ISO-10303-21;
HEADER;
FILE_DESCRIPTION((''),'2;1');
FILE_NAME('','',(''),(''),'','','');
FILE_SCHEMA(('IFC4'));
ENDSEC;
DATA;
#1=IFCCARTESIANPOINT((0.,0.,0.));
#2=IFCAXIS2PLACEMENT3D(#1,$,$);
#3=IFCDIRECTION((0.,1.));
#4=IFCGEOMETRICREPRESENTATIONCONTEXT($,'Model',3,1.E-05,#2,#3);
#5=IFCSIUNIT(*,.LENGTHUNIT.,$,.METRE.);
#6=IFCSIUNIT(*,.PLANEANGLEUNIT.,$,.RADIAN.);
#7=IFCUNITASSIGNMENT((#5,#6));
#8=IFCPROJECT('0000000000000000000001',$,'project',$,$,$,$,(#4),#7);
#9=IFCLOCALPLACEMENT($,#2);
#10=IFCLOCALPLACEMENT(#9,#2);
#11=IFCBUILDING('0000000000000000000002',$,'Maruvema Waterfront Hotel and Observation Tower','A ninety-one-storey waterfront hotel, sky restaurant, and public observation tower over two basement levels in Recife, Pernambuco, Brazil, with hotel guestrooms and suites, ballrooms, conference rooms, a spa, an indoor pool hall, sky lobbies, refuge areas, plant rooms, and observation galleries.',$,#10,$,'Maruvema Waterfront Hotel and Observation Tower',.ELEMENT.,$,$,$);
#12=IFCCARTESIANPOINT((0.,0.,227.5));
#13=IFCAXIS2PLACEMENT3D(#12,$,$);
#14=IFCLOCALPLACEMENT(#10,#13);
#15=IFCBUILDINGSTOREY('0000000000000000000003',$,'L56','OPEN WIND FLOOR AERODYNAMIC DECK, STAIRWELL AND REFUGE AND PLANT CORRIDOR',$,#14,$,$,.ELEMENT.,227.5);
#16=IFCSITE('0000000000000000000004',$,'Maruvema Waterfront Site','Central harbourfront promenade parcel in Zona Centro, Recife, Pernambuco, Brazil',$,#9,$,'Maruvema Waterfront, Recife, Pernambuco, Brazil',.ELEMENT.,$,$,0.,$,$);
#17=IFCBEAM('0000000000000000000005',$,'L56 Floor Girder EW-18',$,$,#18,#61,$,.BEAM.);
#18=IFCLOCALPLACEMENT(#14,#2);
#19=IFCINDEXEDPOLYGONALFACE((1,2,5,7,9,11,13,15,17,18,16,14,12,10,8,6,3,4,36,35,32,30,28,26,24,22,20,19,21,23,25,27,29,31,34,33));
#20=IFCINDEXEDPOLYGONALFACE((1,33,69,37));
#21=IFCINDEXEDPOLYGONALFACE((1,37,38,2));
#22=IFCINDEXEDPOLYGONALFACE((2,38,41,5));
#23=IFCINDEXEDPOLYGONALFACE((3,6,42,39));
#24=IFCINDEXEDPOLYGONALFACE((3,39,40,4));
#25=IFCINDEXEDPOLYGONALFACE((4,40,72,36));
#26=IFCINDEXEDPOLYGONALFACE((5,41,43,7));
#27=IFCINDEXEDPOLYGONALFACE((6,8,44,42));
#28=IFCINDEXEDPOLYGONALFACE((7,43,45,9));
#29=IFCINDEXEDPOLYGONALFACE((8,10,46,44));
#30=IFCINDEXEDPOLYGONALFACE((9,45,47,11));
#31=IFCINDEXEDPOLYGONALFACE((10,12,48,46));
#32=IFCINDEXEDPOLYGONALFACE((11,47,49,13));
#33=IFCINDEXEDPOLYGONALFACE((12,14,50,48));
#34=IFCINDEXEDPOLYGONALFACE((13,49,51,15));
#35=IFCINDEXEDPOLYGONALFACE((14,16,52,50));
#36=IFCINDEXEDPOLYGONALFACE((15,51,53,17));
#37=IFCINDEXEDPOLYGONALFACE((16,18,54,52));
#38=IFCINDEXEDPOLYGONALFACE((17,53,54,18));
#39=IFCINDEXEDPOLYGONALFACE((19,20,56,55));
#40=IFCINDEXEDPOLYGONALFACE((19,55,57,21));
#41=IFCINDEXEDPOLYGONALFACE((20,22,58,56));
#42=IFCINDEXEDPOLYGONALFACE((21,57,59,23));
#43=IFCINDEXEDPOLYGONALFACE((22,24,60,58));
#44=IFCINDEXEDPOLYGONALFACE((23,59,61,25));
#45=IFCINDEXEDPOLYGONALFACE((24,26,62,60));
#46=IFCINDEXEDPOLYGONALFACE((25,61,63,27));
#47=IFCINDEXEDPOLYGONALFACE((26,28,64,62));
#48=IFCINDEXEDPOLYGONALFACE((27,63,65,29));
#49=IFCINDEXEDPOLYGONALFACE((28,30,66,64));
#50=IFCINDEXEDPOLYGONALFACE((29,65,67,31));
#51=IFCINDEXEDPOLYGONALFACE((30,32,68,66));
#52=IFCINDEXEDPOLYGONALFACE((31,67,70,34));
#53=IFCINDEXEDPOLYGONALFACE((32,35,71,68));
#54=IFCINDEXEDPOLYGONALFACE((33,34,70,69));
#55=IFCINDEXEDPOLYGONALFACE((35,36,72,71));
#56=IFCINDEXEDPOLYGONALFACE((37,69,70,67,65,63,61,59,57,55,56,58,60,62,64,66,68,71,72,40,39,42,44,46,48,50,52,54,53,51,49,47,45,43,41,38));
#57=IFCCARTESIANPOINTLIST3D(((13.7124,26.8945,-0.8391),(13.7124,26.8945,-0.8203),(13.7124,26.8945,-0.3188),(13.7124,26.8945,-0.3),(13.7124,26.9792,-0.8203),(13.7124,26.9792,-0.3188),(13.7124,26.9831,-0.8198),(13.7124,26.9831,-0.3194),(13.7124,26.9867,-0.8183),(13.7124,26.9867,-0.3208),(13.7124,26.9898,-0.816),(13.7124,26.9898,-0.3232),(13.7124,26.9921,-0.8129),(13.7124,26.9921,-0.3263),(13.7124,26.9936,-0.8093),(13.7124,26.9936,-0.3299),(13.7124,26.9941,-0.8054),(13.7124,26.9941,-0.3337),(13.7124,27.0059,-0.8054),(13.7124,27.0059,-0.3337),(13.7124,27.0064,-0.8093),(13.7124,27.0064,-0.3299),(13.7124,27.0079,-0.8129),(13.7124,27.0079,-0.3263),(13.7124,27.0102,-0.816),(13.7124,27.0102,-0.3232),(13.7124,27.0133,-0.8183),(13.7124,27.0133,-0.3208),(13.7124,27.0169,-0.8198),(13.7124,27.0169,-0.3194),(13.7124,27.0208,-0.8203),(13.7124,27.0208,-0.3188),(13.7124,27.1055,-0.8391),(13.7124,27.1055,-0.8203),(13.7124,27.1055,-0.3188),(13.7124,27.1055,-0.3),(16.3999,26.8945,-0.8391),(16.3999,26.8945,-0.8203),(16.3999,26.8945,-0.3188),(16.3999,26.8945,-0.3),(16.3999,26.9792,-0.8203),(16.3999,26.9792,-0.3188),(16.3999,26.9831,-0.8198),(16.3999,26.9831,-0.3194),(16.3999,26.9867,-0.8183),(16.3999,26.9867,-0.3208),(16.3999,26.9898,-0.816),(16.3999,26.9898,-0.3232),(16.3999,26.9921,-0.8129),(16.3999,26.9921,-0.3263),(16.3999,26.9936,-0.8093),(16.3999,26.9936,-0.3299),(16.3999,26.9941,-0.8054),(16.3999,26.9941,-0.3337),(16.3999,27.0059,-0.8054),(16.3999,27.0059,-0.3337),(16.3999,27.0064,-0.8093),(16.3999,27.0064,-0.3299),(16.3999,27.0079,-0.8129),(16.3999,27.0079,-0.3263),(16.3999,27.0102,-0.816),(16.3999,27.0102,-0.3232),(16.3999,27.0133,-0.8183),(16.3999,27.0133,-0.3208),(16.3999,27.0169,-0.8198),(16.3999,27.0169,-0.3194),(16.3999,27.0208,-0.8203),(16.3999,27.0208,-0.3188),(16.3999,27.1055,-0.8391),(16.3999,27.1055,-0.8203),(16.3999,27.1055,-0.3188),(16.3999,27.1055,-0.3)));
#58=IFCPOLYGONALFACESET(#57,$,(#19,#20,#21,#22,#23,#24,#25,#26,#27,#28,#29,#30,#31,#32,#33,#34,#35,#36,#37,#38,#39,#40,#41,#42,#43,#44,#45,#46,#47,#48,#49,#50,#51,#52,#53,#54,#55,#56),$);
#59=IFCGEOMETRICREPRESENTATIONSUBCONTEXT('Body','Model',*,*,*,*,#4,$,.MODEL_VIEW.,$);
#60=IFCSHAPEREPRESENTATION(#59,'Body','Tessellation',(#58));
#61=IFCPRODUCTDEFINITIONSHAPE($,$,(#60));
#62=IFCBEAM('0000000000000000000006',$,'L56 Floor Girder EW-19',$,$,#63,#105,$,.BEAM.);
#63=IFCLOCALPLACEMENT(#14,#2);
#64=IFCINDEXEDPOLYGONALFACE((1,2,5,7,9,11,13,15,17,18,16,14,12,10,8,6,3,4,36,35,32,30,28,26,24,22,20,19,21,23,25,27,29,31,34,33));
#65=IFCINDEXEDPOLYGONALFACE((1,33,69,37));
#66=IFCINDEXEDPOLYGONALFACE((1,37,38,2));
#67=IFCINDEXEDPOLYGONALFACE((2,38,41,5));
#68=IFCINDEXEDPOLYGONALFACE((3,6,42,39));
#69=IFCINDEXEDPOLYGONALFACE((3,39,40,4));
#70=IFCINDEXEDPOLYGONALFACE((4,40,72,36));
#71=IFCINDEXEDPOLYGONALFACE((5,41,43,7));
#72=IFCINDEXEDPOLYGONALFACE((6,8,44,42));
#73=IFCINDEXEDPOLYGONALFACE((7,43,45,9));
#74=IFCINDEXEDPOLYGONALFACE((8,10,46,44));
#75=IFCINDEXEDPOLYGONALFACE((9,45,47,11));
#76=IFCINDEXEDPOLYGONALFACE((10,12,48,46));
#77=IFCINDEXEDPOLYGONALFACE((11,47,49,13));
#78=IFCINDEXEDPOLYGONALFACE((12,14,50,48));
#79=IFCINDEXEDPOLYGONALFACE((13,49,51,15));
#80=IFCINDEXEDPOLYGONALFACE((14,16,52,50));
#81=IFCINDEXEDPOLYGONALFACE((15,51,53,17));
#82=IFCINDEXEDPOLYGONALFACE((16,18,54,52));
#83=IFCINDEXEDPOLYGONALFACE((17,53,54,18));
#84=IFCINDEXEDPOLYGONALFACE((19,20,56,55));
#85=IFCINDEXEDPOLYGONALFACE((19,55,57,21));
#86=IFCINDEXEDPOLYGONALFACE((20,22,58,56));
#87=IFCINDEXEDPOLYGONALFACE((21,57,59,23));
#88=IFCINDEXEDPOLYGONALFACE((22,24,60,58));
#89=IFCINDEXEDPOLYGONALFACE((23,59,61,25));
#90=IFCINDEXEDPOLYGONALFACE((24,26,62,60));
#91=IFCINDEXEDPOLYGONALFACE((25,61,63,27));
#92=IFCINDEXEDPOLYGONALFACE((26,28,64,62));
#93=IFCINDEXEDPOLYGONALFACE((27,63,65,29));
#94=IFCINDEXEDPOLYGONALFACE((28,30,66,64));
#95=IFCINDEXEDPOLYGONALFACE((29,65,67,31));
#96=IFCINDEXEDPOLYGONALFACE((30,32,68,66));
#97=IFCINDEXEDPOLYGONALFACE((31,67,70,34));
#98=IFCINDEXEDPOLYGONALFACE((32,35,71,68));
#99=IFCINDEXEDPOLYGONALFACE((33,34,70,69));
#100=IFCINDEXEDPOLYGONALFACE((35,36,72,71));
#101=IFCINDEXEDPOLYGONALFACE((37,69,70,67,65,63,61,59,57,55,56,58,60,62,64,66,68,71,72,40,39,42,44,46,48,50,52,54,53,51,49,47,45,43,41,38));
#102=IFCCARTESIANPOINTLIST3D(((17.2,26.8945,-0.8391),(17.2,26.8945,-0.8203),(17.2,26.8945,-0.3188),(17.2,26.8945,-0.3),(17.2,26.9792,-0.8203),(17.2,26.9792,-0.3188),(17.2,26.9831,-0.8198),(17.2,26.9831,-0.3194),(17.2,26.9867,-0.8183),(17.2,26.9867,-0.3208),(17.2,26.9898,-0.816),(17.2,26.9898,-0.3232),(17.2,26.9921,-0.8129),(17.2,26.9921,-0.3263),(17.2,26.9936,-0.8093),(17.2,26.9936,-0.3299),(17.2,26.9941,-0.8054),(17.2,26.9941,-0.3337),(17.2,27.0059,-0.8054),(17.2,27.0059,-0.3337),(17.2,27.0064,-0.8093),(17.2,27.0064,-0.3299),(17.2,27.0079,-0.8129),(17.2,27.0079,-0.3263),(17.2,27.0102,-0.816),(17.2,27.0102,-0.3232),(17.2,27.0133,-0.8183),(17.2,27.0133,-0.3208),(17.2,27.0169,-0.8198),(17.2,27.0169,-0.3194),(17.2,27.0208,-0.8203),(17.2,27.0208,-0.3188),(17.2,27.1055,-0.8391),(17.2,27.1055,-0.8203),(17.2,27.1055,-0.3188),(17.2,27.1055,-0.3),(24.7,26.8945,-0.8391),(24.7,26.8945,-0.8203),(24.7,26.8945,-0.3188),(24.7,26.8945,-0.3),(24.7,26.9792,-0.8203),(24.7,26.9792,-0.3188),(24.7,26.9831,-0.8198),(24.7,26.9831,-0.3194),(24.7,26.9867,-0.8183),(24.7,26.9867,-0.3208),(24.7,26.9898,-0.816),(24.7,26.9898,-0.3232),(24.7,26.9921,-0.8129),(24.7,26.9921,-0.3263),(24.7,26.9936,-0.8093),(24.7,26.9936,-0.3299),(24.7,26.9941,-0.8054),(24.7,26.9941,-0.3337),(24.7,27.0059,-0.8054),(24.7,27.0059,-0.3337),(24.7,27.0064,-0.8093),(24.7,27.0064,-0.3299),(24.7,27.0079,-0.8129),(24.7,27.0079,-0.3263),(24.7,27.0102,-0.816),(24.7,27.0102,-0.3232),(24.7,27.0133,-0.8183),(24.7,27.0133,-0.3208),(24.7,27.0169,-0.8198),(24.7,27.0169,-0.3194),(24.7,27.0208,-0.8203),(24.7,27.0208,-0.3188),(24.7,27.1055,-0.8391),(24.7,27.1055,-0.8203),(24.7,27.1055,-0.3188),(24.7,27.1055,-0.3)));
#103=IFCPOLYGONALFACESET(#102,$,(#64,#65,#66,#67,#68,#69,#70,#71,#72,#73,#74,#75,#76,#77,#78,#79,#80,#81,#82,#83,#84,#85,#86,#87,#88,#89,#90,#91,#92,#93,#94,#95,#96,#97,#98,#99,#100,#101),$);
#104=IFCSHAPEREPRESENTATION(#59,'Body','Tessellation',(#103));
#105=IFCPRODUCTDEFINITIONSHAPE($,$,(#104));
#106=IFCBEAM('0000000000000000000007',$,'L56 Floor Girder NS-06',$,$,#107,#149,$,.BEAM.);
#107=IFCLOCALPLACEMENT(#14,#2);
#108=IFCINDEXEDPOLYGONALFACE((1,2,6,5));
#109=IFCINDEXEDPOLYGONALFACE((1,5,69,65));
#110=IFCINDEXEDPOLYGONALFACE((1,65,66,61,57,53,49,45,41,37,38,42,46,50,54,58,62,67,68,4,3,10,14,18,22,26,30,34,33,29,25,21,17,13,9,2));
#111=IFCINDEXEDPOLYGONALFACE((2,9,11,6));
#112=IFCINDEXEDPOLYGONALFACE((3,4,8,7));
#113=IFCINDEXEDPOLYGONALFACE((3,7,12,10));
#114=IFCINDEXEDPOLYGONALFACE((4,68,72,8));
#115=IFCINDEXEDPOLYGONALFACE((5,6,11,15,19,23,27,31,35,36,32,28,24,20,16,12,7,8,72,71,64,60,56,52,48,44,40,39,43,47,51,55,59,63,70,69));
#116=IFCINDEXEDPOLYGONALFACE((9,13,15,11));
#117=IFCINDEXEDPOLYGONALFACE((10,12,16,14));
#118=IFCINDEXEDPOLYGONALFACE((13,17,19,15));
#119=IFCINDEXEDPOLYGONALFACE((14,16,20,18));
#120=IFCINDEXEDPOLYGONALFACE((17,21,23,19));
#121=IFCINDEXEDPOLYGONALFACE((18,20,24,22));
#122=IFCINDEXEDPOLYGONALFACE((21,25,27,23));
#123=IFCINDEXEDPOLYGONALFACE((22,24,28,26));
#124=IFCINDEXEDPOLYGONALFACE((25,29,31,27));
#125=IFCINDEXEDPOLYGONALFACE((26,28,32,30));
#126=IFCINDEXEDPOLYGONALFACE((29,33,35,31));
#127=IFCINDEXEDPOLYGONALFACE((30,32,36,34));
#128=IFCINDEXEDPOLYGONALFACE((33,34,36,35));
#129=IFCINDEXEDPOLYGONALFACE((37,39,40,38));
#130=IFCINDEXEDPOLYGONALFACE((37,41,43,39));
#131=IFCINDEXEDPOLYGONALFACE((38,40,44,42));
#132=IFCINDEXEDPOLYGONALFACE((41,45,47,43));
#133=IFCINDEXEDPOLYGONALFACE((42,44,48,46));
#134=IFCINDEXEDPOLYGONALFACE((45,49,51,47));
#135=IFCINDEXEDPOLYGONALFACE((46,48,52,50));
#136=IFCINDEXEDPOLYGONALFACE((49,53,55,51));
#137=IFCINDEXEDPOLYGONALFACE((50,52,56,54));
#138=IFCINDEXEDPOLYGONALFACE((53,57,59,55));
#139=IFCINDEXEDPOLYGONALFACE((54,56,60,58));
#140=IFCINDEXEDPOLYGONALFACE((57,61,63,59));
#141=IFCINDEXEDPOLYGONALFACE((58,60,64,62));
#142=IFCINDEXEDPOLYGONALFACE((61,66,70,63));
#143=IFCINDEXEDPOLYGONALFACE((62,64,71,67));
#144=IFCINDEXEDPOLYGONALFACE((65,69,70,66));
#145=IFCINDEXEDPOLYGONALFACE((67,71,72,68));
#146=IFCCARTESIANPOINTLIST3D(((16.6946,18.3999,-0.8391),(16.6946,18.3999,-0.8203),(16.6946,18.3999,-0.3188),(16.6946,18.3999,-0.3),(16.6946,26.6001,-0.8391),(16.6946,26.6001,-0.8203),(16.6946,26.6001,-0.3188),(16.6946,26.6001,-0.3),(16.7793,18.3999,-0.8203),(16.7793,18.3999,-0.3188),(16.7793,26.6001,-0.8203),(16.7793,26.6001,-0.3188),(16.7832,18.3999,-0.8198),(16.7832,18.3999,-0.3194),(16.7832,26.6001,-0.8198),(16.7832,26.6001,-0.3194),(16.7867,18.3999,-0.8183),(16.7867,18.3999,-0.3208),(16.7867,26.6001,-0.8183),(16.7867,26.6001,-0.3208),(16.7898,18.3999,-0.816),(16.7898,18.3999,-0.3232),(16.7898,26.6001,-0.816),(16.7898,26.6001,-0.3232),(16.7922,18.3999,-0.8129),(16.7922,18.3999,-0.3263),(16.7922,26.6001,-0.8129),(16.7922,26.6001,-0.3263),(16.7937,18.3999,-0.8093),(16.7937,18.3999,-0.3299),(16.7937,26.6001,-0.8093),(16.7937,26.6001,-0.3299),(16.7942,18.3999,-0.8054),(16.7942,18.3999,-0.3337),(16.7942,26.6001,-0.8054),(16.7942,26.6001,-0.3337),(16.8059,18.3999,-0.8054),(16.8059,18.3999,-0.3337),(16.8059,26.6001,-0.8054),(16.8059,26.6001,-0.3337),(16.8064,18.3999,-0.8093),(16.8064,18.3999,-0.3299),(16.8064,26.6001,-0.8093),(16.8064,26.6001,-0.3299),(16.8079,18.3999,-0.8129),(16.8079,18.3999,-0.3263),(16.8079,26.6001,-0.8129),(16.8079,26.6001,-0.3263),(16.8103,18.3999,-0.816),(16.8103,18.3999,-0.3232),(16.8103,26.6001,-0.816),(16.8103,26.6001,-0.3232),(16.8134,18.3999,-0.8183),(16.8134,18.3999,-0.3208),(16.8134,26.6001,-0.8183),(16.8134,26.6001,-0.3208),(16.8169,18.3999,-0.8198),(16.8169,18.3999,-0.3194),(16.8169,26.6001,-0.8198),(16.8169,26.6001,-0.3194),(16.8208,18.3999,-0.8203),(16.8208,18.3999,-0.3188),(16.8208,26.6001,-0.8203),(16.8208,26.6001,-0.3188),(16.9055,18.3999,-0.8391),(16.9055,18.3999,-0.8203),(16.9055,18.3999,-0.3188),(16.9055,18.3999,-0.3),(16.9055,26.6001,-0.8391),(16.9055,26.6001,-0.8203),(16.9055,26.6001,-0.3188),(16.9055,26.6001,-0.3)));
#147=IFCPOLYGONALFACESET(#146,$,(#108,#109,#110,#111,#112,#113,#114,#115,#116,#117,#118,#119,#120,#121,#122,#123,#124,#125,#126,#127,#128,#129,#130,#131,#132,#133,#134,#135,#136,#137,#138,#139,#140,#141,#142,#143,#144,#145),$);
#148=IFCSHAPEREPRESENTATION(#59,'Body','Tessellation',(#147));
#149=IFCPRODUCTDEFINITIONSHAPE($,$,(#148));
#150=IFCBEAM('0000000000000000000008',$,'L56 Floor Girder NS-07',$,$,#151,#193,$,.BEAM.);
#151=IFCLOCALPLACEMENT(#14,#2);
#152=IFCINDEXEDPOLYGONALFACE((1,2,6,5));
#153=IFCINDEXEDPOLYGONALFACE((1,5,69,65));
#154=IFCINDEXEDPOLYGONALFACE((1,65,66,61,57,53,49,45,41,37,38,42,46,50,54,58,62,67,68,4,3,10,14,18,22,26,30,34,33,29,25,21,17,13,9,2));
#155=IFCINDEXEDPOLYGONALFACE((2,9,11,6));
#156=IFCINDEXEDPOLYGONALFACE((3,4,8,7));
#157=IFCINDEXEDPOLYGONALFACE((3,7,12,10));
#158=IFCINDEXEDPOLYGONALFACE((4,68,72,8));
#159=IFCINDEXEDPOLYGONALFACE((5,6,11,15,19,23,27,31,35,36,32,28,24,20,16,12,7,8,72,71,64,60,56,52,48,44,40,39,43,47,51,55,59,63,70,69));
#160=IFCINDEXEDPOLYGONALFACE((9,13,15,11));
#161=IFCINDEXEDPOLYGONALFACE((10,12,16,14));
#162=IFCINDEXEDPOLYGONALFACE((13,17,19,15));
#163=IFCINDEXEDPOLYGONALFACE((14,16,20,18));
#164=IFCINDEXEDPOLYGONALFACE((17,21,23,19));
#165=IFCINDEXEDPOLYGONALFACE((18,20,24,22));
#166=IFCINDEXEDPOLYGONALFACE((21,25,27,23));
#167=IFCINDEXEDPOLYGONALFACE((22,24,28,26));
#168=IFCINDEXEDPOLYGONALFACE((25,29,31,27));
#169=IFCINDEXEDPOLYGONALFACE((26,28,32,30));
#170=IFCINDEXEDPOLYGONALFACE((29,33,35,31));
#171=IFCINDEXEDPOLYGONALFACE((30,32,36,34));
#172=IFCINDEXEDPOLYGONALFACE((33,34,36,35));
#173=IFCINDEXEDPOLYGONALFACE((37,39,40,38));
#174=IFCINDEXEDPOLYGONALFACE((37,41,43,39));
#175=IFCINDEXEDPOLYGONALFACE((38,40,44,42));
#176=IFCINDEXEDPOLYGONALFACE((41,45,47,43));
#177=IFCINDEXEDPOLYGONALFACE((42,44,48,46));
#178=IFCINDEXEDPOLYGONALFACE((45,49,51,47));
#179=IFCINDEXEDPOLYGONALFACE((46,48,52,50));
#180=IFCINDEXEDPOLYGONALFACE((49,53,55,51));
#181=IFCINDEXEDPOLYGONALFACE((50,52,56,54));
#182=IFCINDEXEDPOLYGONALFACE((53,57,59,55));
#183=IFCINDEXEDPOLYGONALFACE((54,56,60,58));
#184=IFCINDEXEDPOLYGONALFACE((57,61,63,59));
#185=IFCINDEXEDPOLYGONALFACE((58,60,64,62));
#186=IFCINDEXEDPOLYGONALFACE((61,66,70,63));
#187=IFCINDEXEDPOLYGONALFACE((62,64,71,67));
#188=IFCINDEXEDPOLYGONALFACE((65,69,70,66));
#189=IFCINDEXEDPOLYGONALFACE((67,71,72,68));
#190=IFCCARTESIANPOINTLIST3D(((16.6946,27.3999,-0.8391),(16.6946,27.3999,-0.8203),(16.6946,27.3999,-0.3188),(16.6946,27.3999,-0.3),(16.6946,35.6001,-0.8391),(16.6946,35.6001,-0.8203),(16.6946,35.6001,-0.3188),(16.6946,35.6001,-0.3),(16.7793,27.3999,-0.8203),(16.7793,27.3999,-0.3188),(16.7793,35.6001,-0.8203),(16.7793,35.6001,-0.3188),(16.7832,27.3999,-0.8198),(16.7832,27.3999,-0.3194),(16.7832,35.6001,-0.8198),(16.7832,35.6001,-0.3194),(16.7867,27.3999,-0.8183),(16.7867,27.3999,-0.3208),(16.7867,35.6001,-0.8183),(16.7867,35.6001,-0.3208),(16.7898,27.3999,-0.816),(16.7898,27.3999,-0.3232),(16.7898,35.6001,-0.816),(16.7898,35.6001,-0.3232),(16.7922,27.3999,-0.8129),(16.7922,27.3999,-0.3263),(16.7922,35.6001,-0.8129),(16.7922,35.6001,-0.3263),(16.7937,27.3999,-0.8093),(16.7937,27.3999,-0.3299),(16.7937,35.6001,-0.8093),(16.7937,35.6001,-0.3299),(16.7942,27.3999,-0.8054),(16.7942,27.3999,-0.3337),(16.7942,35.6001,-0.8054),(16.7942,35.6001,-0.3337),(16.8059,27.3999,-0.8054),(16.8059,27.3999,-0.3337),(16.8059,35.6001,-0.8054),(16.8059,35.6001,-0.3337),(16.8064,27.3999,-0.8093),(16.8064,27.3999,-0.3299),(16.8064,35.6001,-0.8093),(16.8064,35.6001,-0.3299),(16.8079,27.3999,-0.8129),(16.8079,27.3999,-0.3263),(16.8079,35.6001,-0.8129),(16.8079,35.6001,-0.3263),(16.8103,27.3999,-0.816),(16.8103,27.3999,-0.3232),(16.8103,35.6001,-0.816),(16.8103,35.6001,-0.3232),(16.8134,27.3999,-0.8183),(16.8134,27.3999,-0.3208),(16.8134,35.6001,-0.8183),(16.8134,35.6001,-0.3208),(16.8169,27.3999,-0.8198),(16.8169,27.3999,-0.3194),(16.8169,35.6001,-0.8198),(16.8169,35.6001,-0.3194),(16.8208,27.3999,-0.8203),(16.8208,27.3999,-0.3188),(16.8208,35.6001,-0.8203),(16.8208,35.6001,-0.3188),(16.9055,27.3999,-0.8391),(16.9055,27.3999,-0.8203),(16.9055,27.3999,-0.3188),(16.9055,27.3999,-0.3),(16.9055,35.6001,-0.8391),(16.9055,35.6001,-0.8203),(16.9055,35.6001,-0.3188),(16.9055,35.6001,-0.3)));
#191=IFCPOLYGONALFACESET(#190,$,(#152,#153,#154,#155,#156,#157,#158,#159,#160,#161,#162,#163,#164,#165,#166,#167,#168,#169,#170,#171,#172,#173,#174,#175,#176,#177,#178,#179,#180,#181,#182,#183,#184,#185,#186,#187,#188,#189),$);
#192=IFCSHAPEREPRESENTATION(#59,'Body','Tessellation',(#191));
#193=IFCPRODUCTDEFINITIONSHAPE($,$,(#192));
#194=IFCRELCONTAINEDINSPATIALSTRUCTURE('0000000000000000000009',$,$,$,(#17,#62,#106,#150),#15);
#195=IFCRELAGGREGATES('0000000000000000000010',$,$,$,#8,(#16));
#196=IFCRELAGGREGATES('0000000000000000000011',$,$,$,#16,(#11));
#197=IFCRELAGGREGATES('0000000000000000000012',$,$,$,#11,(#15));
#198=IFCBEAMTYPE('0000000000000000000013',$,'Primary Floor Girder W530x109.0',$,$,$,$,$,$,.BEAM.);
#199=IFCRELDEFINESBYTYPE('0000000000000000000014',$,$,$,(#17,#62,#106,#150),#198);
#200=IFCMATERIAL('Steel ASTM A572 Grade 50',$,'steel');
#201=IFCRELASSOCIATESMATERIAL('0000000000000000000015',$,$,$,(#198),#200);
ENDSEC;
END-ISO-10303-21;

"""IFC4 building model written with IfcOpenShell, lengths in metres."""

from ifc_helpers import new_model, si_unit, direction, frame, origin, origin_2d, place, context, subcontext, project, spatial, i_section, extrude, material, material_profile, profile_set, type_object, element, save


model = new_model("IFC4")

# Units and contexts
model_context = context("Model", 3, precision=1e-05, world=origin(), true_north=direction((0.0, 1.0)))
body_context = subcontext(model_context, "Body", "Model", "MODEL_VIEW")
ifc_project = project(units=[si_unit("LENGTHUNIT", "METRE"), si_unit("PLANEANGLEUNIT", "RADIAN")], contexts=[model_context])

# Site, building, storey
site_placement = place(None, origin())
site = spatial("IfcSite", under=ifc_project, at=site_placement, Name="Maruvema Waterfront Site", Description="Central harbourfront promenade parcel in Zona Centro, Recife, Pernambuco, Brazil", LongName="Maruvema Waterfront, Recife, Pernambuco, Brazil", CompositionType="ELEMENT", RefElevation=0.0)
building_placement = place(site_placement, origin())
building = spatial("IfcBuilding", under=site, at=building_placement, Name="Maruvema Waterfront Hotel and Observation Tower", Description="A ninety-one-storey waterfront hotel, sky restaurant, and public observation tower over two basement levels in Recife, Pernambuco, Brazil, with hotel guestrooms and suites, ballrooms, conference rooms, a spa, an indoor pool hall, sky lobbies, refuge areas, plant rooms, and observation galleries.", LongName="Maruvema Waterfront Hotel and Observation Tower", CompositionType="ELEMENT")
storey_placement = place(building_placement, frame((0.0, 0.0, 227.5)))
storey = spatial("IfcBuildingStorey", under=building, at=storey_placement, Name="L56", Description="OPEN WIND FLOOR AERODYNAMIC DECK, STAIRWELL AND REFUGE AND PLANT CORRIDOR", CompositionType="ELEMENT", Elevation=227.5)

# Beams
ifc_material_1 = material(Name="Steel ASTM A572 Grade 50", Category="steel")
ifc_material_profile_1 = material_profile(ifc_material_1, i_section(OverallWidth=0.2109, OverallDepth=0.5391, WebThickness=0.0117, FlangeThickness=0.0188, FilletRadius=0.0149, at=origin_2d()), Name="W530x109.0")
ifc_profile_set_1 = profile_set([ifc_material_profile_1], Name="Steel ASTM A572 Grade 50")
beam_type_1 = type_object("IfcBeamType", Name="Primary Floor Girder W530x109.0", PredefinedType="BEAM", material=ifc_profile_set_1)
beam_1_placement = place(storey_placement, frame((13.7124, 27.0, -0.5696), z_axis=(1.0, 0.0, 0.0), x_axis=(0.0, 1.0, 0.0)))
element("IfcBeam", 1, at=beam_1_placement, inside=storey, type_object=beam_type_1, Name="L56 Floor Girder EW-18", PredefinedType="BEAM", context=body_context, shape_type="SweptSolid", body=[
    extrude(i_section(OverallWidth=0.2109, OverallDepth=0.5391, WebThickness=0.0117, FlangeThickness=0.0188, FilletRadius=0.0149, at=origin_2d()), origin(), (0.0, 0.0, 1.0), 2.6875),
])
beam_2_placement = place(storey_placement, frame((17.2, 27.0, -0.5696), z_axis=(1.0, 0.0, 0.0), x_axis=(0.0, 1.0, 0.0)))
element("IfcBeam", 2, at=beam_2_placement, inside=storey, type_object=beam_type_1, Name="L56 Floor Girder EW-19", PredefinedType="BEAM", context=body_context, shape_type="SweptSolid", body=[
    extrude(i_section(OverallWidth=0.2109, OverallDepth=0.5391, WebThickness=0.0117, FlangeThickness=0.0188, FilletRadius=0.0149, at=origin_2d()), origin(), (0.0, 0.0, 1.0), 7.5),
])
for number, where, z_axis, x_axis, name in (
    (3, (16.8, 18.3999, -0.5696), (0.0, 1.0, 0.0), (-1.0, 0.0, 0.0), "L56 Floor Girder NS-06"),
    (4, (16.8, 27.3999, -0.5696), (0.0, 1.0, 0.0), (-1.0, 0.0, 0.0), "L56 Floor Girder NS-07"),
):
    element("IfcBeam", number, at=place(storey_placement, frame(where, z_axis=z_axis, x_axis=x_axis)), inside=storey, type_object=beam_type_1, Name=name, PredefinedType="BEAM", context=body_context, shape_type="SweptSolid", body=[
        extrude(i_section(OverallWidth=0.2109, OverallDepth=0.5391, WebThickness=0.0117, FlangeThickness=0.0188, FilletRadius=0.0149, at=origin_2d()), origin(), (0.0, 0.0, 1.0), 8.2002),
    ])

save(model, "model.ifc")
